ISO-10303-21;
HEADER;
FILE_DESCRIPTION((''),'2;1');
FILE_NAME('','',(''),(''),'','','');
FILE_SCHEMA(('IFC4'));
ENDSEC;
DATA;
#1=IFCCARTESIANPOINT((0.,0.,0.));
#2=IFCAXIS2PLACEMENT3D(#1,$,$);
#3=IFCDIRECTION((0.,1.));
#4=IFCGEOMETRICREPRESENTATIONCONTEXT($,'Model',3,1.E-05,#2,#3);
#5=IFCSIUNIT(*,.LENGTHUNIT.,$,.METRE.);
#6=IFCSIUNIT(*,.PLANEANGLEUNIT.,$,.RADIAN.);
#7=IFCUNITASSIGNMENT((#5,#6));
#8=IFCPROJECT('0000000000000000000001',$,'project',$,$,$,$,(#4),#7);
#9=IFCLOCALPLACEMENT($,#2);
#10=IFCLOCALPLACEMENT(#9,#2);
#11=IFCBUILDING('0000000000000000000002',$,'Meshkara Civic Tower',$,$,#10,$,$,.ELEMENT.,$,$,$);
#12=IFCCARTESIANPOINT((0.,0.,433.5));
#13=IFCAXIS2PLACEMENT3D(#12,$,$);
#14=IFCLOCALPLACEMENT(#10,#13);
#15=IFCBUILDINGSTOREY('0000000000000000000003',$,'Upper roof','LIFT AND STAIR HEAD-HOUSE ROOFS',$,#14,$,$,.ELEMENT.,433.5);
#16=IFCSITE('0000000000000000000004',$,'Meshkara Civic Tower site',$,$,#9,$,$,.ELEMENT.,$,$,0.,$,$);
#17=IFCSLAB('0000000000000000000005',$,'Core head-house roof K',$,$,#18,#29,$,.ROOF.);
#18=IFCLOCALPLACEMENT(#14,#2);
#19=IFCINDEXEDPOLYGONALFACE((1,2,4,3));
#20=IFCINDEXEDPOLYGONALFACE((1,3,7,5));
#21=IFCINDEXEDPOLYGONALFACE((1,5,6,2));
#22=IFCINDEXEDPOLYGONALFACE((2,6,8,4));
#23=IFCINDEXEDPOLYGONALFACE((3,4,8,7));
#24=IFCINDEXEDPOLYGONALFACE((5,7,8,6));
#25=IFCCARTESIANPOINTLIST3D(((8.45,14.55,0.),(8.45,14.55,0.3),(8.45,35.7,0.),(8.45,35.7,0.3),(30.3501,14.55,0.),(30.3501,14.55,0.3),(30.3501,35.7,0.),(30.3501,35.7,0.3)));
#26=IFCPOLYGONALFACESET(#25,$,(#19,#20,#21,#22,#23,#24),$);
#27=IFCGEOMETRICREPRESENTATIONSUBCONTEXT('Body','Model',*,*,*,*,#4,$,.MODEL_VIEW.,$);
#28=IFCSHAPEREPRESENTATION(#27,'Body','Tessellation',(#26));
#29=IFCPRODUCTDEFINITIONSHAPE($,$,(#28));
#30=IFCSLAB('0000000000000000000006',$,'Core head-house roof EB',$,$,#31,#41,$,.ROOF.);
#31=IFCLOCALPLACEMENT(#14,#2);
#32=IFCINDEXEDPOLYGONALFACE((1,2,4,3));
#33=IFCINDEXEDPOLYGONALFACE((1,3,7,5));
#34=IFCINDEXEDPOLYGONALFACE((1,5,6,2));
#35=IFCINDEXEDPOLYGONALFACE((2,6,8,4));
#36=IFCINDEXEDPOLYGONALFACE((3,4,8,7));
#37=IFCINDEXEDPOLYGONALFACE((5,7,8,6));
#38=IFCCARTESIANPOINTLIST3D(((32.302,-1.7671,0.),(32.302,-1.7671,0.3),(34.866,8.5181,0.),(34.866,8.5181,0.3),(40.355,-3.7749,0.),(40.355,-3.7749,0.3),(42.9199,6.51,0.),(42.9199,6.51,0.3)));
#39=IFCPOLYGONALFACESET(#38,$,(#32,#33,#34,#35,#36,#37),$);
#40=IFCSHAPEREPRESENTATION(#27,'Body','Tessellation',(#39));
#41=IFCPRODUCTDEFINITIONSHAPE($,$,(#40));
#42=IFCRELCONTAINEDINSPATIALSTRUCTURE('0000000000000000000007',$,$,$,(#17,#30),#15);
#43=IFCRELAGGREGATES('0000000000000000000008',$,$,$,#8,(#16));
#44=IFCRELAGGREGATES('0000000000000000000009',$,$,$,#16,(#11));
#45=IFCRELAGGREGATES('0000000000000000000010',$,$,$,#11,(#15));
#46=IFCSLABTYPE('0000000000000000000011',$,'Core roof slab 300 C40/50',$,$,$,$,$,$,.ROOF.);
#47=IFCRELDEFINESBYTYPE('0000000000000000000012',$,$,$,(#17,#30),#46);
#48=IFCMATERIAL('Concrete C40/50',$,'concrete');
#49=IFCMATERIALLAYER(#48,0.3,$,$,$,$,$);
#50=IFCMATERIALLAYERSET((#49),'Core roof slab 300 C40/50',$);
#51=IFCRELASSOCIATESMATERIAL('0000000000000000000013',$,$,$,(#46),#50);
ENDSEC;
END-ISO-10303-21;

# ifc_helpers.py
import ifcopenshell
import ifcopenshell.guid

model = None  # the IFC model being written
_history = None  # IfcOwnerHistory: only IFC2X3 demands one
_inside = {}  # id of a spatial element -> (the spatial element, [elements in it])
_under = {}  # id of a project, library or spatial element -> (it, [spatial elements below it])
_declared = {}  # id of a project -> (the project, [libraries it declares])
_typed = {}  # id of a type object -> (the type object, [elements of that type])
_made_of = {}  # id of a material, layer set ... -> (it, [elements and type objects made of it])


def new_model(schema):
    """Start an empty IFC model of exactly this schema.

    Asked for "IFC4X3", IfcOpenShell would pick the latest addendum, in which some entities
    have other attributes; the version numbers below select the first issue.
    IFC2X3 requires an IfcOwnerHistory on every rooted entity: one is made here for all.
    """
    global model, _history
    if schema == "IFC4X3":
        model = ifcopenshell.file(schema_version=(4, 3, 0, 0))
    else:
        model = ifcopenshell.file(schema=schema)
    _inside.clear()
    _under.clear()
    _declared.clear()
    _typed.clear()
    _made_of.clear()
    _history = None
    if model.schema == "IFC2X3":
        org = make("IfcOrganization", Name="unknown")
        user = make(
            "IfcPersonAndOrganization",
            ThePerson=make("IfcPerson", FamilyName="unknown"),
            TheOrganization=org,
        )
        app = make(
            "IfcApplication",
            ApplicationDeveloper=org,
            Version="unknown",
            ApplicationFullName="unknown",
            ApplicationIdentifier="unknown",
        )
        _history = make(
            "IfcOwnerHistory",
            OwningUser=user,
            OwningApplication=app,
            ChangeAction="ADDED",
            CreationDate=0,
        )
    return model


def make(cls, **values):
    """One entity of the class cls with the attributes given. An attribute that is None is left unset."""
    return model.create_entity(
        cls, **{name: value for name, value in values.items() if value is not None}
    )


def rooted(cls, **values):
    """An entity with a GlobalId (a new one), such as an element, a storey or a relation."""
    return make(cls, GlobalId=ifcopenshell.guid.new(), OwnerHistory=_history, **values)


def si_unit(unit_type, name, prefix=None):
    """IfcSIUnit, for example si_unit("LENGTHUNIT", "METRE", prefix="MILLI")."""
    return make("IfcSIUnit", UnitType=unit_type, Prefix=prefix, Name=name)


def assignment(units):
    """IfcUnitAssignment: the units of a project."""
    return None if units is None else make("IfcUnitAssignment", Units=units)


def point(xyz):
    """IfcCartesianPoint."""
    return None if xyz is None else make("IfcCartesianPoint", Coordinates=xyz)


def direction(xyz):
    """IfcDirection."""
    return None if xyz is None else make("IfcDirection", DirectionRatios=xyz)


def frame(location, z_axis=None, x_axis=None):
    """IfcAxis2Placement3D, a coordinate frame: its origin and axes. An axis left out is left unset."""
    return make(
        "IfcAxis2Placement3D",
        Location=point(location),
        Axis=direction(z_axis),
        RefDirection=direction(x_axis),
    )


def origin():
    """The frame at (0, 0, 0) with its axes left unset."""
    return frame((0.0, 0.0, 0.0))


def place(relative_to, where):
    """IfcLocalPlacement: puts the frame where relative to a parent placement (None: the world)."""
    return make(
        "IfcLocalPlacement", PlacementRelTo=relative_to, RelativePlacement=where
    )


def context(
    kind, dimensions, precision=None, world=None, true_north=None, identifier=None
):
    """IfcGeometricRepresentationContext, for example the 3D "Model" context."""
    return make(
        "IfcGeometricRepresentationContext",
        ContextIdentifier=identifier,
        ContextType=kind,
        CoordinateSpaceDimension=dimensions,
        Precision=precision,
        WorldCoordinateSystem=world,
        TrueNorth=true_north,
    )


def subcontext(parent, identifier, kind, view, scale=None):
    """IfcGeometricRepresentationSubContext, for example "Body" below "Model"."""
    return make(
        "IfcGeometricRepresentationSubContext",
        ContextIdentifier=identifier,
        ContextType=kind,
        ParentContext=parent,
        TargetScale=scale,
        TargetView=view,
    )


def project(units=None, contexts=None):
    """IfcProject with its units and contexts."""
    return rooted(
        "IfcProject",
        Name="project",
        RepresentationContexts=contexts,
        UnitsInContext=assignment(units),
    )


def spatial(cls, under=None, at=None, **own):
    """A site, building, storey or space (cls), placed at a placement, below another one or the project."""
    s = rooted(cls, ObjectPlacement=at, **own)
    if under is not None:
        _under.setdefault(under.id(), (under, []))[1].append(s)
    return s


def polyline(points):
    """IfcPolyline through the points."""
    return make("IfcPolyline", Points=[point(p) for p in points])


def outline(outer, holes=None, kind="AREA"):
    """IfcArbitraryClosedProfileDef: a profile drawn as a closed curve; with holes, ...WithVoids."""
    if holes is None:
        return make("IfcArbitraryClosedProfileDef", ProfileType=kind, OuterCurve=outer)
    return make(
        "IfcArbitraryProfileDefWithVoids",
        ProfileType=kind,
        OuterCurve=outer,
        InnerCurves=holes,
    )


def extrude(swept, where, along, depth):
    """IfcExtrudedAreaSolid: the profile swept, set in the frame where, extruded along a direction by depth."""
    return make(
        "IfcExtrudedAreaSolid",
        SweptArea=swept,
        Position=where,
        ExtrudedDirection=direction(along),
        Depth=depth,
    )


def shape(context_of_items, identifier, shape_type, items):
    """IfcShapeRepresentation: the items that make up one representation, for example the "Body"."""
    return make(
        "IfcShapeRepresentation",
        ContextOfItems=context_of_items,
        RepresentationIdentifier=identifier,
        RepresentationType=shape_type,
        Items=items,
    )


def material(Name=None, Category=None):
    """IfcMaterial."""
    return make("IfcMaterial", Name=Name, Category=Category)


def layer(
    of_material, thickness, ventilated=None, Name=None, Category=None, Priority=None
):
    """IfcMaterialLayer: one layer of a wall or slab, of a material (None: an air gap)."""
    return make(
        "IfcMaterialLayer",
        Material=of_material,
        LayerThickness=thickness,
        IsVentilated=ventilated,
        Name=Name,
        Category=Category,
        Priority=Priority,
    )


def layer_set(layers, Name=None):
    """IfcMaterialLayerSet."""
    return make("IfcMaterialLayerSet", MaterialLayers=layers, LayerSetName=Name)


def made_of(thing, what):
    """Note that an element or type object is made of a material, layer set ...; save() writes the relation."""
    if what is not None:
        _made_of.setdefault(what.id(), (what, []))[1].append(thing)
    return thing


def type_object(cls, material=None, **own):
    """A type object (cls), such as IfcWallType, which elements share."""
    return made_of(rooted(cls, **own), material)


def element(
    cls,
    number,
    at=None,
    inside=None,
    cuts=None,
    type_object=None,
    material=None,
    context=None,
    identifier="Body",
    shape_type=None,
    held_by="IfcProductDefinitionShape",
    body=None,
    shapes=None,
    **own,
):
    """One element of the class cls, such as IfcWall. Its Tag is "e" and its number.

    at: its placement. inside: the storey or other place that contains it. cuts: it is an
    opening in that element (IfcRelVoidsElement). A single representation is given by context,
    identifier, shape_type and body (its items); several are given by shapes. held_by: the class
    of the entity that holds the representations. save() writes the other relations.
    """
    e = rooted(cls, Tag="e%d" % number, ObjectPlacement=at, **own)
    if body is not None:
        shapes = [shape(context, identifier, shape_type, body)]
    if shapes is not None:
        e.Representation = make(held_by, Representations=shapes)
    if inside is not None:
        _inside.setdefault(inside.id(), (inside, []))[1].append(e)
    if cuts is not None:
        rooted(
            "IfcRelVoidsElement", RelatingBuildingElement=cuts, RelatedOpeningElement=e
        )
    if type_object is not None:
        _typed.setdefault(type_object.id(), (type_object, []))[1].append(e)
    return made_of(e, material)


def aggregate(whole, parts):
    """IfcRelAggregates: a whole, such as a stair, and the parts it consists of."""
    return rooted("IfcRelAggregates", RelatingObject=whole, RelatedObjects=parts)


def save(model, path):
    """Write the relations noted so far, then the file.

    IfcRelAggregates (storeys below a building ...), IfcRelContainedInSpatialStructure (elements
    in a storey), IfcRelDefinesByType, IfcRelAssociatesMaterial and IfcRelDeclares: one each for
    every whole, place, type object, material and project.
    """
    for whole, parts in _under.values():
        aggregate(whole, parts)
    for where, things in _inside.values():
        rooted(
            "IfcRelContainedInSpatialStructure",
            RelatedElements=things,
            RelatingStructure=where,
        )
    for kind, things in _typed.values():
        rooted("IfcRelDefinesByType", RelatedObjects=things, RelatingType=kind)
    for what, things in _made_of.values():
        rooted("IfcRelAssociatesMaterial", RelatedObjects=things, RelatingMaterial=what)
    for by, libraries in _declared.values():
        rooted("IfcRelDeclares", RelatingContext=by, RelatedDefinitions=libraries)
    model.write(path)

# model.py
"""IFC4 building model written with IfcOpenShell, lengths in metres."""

from ifc_helpers import new_model, si_unit, direction, frame, origin, place, context, subcontext, project, spatial, polyline, outline, extrude, material, layer, layer_set, type_object, element, save


model = new_model("IFC4")

# Units and contexts
model_context = context("Model", 3, precision=1e-05, world=origin(), true_north=direction((0.0, 1.0)))
body_context = subcontext(model_context, "Body", "Model", "MODEL_VIEW")
ifc_project = project(units=[si_unit("LENGTHUNIT", "METRE"), si_unit("PLANEANGLEUNIT", "RADIAN")], contexts=[model_context])

# Site, building, storey
site_placement = place(None, origin())
site = spatial("IfcSite", under=ifc_project, at=site_placement, Name="Meshkara Civic Tower site", CompositionType="ELEMENT", RefElevation=0.0)
building_placement = place(site_placement, origin())
building = spatial("IfcBuilding", under=site, at=building_placement, Name="Meshkara Civic Tower", CompositionType="ELEMENT")
storey_placement = place(building_placement, frame((0.0, 0.0, 433.5)))
storey = spatial("IfcBuildingStorey", under=building, at=storey_placement, Name="Upper roof", Description="LIFT AND STAIR HEAD-HOUSE ROOFS", CompositionType="ELEMENT", Elevation=433.5)

# Slabs
ifc_material = material(Name="Concrete C40/50", Category="concrete")
ifc_layer = layer(ifc_material, 0.3)
ifc_layer_set = layer_set([ifc_layer], Name="Core roof slab 300 C40/50")
slab_type = type_object("IfcSlabType", Name="Core roof slab 300 C40/50", PredefinedType="ROOF", material=ifc_layer_set)
slab_1_placement = place(storey_placement, origin())
element("IfcSlab", 1, at=slab_1_placement, inside=storey, type_object=slab_type, Name="Core head-house roof K", PredefinedType="ROOF", context=body_context, shape_type="SweptSolid", body=[
    extrude(outline(polyline([(30.3501, 14.55), (30.3501, 35.7), (8.45, 35.7), (8.45, 14.55), (30.3501, 14.55)])), origin(), (0.0, 0.0, 1.0), 0.3),
])
slab_2_placement = place(storey_placement, origin())
element("IfcSlab", 2, at=slab_2_placement, inside=storey, type_object=slab_type, Name="Core head-house roof EB", PredefinedType="ROOF", context=body_context, shape_type="SweptSolid", body=[
    extrude(outline(polyline([(40.355, -3.7749), (42.9199, 6.51), (34.866, 8.5181), (32.302, -1.7671), (40.355, -3.7749)])), origin(), (0.0, 0.0, 1.0), 0.3),
])

save(model, "model.ifc")
